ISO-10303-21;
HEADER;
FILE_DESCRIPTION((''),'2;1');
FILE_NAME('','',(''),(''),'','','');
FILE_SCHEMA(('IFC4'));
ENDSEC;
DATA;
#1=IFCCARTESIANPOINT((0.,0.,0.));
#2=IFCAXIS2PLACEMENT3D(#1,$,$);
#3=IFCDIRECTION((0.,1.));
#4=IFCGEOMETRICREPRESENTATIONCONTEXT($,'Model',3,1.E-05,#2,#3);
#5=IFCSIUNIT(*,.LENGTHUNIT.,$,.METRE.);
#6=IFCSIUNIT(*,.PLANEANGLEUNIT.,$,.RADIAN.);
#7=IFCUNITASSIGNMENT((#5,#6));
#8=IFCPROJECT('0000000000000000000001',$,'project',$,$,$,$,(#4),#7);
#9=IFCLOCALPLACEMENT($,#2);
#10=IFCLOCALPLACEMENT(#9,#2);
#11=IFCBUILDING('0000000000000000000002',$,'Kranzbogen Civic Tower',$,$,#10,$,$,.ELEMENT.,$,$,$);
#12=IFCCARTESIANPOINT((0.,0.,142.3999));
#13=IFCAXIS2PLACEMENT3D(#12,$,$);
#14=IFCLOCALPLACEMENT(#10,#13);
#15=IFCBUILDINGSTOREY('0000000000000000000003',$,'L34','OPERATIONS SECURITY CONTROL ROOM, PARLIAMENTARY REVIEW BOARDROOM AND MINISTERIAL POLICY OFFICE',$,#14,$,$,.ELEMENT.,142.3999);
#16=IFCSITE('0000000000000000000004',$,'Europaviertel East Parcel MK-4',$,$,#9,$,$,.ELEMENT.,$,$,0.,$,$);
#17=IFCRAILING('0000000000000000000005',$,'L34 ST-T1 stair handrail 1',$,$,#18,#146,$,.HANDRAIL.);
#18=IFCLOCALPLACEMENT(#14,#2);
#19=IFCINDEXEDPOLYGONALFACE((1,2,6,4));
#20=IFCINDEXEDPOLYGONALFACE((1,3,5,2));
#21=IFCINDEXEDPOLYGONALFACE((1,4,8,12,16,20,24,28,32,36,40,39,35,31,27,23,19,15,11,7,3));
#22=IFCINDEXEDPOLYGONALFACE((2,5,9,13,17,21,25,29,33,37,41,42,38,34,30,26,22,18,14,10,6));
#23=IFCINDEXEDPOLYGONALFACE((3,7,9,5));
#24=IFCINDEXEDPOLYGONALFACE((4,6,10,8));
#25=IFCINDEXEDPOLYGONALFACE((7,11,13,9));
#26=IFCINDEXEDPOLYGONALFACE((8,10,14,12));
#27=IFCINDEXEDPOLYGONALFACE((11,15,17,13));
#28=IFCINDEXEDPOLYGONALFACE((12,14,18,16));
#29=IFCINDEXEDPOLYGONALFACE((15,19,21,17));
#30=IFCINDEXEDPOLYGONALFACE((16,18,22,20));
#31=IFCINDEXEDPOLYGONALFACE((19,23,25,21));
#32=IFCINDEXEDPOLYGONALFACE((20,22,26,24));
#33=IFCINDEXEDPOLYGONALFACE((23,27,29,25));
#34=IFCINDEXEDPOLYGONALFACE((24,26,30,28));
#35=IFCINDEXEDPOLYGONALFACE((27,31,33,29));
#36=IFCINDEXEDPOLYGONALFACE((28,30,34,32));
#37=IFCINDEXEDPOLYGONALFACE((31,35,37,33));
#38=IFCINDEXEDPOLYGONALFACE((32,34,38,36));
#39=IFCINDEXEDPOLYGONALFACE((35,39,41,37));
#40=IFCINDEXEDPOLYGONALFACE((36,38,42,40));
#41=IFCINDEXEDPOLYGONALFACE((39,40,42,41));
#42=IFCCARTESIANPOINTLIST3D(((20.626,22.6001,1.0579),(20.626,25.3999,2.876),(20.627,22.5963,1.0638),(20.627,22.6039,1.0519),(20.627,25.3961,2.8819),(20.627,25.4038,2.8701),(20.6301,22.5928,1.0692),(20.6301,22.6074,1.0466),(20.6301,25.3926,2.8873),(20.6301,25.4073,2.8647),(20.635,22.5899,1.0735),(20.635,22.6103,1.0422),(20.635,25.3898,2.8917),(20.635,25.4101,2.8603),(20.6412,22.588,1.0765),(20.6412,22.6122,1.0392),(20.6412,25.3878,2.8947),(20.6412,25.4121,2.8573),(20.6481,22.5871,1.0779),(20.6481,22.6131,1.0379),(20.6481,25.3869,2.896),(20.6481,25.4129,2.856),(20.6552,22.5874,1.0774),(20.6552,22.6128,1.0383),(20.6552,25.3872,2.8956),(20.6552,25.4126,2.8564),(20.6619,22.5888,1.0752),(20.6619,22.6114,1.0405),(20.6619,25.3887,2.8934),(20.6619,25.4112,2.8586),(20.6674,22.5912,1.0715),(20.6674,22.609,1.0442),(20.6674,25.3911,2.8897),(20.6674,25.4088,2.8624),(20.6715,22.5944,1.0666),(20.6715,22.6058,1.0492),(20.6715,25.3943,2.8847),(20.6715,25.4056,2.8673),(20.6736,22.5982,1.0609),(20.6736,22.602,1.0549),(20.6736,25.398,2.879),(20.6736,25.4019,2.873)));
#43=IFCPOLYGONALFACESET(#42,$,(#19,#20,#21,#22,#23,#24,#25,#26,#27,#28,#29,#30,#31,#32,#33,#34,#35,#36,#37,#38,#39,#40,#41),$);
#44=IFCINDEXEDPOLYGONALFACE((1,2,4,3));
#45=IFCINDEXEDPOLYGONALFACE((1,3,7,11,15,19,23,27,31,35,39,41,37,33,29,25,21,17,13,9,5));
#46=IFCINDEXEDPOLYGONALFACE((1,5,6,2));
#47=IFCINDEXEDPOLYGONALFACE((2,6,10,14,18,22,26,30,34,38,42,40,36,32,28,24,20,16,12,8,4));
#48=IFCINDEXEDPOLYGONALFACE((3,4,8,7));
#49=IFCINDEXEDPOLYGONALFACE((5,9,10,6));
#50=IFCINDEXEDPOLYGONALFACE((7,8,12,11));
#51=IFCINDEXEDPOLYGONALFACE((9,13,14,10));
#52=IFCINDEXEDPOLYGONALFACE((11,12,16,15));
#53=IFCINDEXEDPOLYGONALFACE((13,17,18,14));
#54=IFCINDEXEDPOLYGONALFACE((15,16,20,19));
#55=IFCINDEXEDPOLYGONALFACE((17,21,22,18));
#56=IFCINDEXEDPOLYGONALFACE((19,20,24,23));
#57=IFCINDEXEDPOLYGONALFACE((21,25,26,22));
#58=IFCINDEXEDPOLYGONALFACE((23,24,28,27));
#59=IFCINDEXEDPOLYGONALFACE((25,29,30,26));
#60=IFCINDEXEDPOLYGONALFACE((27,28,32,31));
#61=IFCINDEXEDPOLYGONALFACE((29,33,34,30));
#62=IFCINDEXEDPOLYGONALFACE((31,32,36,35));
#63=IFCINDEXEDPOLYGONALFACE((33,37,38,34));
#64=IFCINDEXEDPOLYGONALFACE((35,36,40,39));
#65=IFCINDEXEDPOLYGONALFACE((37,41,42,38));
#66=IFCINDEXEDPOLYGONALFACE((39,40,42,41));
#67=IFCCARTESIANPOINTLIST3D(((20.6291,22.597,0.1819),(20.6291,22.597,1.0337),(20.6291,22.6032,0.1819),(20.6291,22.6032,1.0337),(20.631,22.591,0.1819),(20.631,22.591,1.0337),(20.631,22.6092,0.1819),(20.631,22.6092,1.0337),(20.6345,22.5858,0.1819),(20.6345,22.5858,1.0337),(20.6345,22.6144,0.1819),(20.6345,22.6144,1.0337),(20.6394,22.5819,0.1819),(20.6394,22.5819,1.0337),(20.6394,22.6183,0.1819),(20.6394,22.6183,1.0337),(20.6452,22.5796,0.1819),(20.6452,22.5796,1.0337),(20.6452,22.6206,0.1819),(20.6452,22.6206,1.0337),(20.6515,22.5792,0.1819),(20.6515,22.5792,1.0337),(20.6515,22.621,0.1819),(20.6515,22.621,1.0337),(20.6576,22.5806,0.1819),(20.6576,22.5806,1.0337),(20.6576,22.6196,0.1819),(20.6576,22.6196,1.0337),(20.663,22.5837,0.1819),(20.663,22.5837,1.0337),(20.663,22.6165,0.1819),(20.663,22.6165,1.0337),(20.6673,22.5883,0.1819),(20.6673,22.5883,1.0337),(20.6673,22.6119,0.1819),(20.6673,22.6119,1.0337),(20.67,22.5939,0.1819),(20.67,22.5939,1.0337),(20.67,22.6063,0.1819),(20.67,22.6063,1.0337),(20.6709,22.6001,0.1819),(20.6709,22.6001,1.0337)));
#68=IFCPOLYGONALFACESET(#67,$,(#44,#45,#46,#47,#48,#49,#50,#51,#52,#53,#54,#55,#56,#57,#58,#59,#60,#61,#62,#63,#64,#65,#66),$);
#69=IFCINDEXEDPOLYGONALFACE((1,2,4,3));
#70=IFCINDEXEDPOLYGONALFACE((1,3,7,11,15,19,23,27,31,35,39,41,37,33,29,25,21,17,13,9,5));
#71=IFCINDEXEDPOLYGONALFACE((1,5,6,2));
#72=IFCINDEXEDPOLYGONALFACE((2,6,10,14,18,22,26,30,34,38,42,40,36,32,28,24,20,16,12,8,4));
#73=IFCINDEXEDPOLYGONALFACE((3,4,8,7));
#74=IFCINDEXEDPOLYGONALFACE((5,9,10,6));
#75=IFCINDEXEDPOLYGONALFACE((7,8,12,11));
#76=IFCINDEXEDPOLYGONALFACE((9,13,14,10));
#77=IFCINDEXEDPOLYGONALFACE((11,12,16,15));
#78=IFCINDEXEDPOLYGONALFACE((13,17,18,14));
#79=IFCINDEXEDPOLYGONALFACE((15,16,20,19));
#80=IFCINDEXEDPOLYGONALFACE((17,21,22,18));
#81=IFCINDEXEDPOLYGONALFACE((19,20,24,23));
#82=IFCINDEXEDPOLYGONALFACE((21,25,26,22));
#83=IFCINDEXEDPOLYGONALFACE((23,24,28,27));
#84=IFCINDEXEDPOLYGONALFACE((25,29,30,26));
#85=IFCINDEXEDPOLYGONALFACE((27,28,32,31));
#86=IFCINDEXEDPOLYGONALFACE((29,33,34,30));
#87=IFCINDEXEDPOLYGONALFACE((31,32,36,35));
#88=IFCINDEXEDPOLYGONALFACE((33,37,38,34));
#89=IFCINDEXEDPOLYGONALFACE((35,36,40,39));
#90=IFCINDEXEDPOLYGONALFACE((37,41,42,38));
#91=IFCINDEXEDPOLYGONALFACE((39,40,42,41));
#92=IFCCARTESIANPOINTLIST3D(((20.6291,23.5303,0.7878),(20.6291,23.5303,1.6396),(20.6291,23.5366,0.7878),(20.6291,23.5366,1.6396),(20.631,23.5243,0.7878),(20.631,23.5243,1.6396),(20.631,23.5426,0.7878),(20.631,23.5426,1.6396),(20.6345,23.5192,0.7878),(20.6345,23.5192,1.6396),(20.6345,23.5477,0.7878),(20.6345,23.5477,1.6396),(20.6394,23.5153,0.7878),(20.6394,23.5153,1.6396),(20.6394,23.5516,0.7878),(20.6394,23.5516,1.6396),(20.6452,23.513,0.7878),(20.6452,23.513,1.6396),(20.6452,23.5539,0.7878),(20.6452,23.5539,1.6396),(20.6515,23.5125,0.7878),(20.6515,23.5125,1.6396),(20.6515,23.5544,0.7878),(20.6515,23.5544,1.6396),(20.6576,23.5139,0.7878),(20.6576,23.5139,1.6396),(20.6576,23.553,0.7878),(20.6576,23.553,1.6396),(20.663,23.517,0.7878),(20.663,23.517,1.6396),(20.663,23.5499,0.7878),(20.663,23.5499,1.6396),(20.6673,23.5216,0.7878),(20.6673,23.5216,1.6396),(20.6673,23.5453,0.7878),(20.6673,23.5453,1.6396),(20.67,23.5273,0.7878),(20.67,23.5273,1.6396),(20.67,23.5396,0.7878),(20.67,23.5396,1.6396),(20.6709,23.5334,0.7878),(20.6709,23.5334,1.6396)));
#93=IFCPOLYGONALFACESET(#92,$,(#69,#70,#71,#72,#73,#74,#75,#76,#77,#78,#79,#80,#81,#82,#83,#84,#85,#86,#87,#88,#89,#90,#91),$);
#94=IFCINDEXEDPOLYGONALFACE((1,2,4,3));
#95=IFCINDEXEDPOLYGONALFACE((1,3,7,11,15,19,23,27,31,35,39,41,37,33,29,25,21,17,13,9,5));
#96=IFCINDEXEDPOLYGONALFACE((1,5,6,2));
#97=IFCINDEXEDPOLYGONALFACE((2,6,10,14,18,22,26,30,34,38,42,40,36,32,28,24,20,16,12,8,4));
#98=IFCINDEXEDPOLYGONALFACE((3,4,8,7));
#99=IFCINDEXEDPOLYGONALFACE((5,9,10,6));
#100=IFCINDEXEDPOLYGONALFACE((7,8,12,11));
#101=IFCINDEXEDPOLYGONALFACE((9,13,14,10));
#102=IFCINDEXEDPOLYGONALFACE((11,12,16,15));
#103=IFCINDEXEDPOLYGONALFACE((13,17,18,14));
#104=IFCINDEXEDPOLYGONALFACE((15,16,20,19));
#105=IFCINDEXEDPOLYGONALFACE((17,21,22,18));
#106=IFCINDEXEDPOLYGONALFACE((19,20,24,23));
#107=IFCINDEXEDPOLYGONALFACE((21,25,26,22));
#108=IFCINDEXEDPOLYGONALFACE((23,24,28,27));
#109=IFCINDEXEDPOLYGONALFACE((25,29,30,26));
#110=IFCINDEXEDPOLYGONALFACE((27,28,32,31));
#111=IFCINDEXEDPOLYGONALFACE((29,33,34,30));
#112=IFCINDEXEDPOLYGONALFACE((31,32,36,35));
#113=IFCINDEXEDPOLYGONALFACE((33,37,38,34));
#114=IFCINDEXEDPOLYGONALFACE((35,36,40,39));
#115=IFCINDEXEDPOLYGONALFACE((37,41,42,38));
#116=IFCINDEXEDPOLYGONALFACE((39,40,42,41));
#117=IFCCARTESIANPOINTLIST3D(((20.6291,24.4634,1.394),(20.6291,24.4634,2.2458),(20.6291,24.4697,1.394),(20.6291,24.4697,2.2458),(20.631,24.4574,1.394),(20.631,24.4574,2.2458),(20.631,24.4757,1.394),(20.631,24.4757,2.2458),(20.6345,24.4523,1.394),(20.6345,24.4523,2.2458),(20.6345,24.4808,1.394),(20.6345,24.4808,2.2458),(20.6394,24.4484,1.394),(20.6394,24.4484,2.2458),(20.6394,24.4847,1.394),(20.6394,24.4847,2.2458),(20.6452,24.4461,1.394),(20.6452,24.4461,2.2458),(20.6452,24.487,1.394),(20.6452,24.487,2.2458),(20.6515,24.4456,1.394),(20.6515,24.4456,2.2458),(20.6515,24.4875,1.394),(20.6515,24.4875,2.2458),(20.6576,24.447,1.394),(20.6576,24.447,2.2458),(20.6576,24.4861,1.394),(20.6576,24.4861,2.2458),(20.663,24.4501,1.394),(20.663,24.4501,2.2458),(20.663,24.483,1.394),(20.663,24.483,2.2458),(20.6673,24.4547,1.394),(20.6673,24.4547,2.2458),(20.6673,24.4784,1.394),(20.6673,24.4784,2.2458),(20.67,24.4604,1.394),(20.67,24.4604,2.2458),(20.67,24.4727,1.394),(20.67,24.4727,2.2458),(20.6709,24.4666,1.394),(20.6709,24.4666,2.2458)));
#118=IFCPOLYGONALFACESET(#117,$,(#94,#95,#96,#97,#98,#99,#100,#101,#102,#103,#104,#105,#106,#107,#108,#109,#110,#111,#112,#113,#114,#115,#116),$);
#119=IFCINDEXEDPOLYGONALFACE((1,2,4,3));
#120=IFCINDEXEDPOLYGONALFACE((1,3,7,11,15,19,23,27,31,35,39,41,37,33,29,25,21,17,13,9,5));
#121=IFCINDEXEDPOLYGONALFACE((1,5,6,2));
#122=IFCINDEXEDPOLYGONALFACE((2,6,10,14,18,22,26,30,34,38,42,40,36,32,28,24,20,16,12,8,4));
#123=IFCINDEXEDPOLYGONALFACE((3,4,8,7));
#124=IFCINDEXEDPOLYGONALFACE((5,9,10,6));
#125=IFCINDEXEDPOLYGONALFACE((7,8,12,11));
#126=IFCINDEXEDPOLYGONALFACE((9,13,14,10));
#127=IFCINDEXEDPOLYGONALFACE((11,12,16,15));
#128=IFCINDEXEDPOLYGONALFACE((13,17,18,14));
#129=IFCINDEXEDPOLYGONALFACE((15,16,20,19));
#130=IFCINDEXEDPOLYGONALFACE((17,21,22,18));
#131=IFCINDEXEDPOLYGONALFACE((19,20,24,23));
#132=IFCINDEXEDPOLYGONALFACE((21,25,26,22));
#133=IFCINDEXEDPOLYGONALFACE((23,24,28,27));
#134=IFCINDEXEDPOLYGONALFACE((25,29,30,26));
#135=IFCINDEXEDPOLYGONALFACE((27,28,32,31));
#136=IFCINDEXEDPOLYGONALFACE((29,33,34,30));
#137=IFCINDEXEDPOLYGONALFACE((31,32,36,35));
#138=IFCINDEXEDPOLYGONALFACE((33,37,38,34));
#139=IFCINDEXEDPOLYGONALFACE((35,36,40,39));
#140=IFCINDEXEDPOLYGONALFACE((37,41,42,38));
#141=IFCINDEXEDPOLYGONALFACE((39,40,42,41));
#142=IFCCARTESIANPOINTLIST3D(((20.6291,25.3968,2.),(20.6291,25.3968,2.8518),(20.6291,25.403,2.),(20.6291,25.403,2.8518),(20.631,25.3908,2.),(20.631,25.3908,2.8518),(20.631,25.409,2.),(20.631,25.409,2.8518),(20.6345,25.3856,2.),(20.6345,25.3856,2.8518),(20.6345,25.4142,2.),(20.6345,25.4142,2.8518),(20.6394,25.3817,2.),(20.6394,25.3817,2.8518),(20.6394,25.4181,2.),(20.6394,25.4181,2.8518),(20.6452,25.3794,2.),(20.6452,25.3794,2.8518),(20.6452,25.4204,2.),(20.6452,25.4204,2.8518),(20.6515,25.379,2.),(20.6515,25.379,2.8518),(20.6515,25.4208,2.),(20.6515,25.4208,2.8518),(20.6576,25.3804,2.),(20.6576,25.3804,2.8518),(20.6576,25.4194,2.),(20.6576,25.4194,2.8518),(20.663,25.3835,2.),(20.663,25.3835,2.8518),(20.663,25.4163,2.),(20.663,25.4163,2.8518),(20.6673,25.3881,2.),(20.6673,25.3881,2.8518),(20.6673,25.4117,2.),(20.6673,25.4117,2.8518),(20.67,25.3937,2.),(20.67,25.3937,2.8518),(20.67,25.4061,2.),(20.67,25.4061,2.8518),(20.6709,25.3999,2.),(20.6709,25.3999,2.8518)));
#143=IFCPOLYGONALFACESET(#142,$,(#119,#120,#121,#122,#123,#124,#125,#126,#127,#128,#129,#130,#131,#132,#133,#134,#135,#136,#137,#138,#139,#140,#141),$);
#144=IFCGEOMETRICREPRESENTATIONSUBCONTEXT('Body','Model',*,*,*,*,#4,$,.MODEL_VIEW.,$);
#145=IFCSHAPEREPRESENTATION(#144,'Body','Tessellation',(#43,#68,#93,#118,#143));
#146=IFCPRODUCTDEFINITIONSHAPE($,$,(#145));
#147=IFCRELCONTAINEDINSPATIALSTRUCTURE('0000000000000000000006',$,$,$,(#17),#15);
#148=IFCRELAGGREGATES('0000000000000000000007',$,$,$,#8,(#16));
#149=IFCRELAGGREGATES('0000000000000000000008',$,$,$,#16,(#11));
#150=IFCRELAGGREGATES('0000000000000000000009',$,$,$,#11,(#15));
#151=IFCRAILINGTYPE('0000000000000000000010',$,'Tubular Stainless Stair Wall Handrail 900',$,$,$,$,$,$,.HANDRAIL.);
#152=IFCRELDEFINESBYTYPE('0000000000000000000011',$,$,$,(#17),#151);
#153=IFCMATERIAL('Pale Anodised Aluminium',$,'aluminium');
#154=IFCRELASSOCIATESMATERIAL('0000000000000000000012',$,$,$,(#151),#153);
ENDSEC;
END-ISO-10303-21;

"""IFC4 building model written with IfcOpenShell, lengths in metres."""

from ifc_helpers import new_model, si_unit, direction, frame, origin, origin_2d, place, context, subcontext, project, spatial, circle, extrude, material, type_object, element, save


model = new_model("IFC4")

# Units and contexts
model_context = context("Model", 3, precision=1e-05, world=origin(), true_north=direction((0.0, 1.0)))
body_context = subcontext(model_context, "Body", "Model", "MODEL_VIEW")
ifc_project = project(units=[si_unit("LENGTHUNIT", "METRE"), si_unit("PLANEANGLEUNIT", "RADIAN")], contexts=[model_context])

# Site, building, storey
site_placement = place(None, origin())
site = spatial("IfcSite", under=ifc_project, at=site_placement, Name="Europaviertel East Parcel MK-4", CompositionType="ELEMENT", RefElevation=0.0)
building_placement = place(site_placement, origin())
building = spatial("IfcBuilding", under=site, at=building_placement, Name="Kranzbogen Civic Tower", CompositionType="ELEMENT")
storey_placement = place(building_placement, frame((0.0, 0.0, 142.3999)))
storey = spatial("IfcBuildingStorey", under=building, at=storey_placement, Name="L34", Description="OPERATIONS SECURITY CONTROL ROOM, PARLIAMENTARY REVIEW BOARDROOM AND MINISTERIAL POLICY OFFICE", CompositionType="ELEMENT", Elevation=142.3999)

# Shared definitions
ifc_material_1 = material(Name="Pale Anodised Aluminium", Category="aluminium")

# Railing
railing_type_1 = type_object("IfcRailingType", Name="Tubular Stainless Stair Wall Handrail 900", PredefinedType="HANDRAIL", material=ifc_material_1)
railing_1_placement = place(storey_placement, frame((20.6499, 22.6001, 0.1819)))
element("IfcRailing", 1, at=railing_1_placement, inside=storey, type_object=railing_type_1, Name="L34 ST-T1 stair handrail 1", PredefinedType="HANDRAIL", context=body_context, shape_type="SweptSolid", body=[
    extrude(circle(Radius=0.0239, at=origin_2d()), frame((0.0, 0.0, 0.876), z_axis=(0.0, 0.838684, 0.544618), x_axis=(-1.0, 0.0, 0.0)), (0.0, 0.0, 1.0), 3.3384),
    extrude(circle(Radius=0.021, at=origin_2d()), origin(), (0.0, 0.0, 1.0), 0.8518),
    extrude(circle(Radius=0.021, at=origin_2d()), frame((0.0, 0.9333, 0.606)), (0.0, 0.0, 1.0), 0.8518),
    extrude(circle(Radius=0.021, at=origin_2d()), frame((0.0, 1.8665, 1.2122)), (0.0, 0.0, 1.0), 0.8518),
    extrude(circle(Radius=0.021, at=origin_2d()), frame((0.0, 2.7998, 1.8181)), (0.0, 0.0, 1.0), 0.8518),
])

save(model, "model.ifc")
